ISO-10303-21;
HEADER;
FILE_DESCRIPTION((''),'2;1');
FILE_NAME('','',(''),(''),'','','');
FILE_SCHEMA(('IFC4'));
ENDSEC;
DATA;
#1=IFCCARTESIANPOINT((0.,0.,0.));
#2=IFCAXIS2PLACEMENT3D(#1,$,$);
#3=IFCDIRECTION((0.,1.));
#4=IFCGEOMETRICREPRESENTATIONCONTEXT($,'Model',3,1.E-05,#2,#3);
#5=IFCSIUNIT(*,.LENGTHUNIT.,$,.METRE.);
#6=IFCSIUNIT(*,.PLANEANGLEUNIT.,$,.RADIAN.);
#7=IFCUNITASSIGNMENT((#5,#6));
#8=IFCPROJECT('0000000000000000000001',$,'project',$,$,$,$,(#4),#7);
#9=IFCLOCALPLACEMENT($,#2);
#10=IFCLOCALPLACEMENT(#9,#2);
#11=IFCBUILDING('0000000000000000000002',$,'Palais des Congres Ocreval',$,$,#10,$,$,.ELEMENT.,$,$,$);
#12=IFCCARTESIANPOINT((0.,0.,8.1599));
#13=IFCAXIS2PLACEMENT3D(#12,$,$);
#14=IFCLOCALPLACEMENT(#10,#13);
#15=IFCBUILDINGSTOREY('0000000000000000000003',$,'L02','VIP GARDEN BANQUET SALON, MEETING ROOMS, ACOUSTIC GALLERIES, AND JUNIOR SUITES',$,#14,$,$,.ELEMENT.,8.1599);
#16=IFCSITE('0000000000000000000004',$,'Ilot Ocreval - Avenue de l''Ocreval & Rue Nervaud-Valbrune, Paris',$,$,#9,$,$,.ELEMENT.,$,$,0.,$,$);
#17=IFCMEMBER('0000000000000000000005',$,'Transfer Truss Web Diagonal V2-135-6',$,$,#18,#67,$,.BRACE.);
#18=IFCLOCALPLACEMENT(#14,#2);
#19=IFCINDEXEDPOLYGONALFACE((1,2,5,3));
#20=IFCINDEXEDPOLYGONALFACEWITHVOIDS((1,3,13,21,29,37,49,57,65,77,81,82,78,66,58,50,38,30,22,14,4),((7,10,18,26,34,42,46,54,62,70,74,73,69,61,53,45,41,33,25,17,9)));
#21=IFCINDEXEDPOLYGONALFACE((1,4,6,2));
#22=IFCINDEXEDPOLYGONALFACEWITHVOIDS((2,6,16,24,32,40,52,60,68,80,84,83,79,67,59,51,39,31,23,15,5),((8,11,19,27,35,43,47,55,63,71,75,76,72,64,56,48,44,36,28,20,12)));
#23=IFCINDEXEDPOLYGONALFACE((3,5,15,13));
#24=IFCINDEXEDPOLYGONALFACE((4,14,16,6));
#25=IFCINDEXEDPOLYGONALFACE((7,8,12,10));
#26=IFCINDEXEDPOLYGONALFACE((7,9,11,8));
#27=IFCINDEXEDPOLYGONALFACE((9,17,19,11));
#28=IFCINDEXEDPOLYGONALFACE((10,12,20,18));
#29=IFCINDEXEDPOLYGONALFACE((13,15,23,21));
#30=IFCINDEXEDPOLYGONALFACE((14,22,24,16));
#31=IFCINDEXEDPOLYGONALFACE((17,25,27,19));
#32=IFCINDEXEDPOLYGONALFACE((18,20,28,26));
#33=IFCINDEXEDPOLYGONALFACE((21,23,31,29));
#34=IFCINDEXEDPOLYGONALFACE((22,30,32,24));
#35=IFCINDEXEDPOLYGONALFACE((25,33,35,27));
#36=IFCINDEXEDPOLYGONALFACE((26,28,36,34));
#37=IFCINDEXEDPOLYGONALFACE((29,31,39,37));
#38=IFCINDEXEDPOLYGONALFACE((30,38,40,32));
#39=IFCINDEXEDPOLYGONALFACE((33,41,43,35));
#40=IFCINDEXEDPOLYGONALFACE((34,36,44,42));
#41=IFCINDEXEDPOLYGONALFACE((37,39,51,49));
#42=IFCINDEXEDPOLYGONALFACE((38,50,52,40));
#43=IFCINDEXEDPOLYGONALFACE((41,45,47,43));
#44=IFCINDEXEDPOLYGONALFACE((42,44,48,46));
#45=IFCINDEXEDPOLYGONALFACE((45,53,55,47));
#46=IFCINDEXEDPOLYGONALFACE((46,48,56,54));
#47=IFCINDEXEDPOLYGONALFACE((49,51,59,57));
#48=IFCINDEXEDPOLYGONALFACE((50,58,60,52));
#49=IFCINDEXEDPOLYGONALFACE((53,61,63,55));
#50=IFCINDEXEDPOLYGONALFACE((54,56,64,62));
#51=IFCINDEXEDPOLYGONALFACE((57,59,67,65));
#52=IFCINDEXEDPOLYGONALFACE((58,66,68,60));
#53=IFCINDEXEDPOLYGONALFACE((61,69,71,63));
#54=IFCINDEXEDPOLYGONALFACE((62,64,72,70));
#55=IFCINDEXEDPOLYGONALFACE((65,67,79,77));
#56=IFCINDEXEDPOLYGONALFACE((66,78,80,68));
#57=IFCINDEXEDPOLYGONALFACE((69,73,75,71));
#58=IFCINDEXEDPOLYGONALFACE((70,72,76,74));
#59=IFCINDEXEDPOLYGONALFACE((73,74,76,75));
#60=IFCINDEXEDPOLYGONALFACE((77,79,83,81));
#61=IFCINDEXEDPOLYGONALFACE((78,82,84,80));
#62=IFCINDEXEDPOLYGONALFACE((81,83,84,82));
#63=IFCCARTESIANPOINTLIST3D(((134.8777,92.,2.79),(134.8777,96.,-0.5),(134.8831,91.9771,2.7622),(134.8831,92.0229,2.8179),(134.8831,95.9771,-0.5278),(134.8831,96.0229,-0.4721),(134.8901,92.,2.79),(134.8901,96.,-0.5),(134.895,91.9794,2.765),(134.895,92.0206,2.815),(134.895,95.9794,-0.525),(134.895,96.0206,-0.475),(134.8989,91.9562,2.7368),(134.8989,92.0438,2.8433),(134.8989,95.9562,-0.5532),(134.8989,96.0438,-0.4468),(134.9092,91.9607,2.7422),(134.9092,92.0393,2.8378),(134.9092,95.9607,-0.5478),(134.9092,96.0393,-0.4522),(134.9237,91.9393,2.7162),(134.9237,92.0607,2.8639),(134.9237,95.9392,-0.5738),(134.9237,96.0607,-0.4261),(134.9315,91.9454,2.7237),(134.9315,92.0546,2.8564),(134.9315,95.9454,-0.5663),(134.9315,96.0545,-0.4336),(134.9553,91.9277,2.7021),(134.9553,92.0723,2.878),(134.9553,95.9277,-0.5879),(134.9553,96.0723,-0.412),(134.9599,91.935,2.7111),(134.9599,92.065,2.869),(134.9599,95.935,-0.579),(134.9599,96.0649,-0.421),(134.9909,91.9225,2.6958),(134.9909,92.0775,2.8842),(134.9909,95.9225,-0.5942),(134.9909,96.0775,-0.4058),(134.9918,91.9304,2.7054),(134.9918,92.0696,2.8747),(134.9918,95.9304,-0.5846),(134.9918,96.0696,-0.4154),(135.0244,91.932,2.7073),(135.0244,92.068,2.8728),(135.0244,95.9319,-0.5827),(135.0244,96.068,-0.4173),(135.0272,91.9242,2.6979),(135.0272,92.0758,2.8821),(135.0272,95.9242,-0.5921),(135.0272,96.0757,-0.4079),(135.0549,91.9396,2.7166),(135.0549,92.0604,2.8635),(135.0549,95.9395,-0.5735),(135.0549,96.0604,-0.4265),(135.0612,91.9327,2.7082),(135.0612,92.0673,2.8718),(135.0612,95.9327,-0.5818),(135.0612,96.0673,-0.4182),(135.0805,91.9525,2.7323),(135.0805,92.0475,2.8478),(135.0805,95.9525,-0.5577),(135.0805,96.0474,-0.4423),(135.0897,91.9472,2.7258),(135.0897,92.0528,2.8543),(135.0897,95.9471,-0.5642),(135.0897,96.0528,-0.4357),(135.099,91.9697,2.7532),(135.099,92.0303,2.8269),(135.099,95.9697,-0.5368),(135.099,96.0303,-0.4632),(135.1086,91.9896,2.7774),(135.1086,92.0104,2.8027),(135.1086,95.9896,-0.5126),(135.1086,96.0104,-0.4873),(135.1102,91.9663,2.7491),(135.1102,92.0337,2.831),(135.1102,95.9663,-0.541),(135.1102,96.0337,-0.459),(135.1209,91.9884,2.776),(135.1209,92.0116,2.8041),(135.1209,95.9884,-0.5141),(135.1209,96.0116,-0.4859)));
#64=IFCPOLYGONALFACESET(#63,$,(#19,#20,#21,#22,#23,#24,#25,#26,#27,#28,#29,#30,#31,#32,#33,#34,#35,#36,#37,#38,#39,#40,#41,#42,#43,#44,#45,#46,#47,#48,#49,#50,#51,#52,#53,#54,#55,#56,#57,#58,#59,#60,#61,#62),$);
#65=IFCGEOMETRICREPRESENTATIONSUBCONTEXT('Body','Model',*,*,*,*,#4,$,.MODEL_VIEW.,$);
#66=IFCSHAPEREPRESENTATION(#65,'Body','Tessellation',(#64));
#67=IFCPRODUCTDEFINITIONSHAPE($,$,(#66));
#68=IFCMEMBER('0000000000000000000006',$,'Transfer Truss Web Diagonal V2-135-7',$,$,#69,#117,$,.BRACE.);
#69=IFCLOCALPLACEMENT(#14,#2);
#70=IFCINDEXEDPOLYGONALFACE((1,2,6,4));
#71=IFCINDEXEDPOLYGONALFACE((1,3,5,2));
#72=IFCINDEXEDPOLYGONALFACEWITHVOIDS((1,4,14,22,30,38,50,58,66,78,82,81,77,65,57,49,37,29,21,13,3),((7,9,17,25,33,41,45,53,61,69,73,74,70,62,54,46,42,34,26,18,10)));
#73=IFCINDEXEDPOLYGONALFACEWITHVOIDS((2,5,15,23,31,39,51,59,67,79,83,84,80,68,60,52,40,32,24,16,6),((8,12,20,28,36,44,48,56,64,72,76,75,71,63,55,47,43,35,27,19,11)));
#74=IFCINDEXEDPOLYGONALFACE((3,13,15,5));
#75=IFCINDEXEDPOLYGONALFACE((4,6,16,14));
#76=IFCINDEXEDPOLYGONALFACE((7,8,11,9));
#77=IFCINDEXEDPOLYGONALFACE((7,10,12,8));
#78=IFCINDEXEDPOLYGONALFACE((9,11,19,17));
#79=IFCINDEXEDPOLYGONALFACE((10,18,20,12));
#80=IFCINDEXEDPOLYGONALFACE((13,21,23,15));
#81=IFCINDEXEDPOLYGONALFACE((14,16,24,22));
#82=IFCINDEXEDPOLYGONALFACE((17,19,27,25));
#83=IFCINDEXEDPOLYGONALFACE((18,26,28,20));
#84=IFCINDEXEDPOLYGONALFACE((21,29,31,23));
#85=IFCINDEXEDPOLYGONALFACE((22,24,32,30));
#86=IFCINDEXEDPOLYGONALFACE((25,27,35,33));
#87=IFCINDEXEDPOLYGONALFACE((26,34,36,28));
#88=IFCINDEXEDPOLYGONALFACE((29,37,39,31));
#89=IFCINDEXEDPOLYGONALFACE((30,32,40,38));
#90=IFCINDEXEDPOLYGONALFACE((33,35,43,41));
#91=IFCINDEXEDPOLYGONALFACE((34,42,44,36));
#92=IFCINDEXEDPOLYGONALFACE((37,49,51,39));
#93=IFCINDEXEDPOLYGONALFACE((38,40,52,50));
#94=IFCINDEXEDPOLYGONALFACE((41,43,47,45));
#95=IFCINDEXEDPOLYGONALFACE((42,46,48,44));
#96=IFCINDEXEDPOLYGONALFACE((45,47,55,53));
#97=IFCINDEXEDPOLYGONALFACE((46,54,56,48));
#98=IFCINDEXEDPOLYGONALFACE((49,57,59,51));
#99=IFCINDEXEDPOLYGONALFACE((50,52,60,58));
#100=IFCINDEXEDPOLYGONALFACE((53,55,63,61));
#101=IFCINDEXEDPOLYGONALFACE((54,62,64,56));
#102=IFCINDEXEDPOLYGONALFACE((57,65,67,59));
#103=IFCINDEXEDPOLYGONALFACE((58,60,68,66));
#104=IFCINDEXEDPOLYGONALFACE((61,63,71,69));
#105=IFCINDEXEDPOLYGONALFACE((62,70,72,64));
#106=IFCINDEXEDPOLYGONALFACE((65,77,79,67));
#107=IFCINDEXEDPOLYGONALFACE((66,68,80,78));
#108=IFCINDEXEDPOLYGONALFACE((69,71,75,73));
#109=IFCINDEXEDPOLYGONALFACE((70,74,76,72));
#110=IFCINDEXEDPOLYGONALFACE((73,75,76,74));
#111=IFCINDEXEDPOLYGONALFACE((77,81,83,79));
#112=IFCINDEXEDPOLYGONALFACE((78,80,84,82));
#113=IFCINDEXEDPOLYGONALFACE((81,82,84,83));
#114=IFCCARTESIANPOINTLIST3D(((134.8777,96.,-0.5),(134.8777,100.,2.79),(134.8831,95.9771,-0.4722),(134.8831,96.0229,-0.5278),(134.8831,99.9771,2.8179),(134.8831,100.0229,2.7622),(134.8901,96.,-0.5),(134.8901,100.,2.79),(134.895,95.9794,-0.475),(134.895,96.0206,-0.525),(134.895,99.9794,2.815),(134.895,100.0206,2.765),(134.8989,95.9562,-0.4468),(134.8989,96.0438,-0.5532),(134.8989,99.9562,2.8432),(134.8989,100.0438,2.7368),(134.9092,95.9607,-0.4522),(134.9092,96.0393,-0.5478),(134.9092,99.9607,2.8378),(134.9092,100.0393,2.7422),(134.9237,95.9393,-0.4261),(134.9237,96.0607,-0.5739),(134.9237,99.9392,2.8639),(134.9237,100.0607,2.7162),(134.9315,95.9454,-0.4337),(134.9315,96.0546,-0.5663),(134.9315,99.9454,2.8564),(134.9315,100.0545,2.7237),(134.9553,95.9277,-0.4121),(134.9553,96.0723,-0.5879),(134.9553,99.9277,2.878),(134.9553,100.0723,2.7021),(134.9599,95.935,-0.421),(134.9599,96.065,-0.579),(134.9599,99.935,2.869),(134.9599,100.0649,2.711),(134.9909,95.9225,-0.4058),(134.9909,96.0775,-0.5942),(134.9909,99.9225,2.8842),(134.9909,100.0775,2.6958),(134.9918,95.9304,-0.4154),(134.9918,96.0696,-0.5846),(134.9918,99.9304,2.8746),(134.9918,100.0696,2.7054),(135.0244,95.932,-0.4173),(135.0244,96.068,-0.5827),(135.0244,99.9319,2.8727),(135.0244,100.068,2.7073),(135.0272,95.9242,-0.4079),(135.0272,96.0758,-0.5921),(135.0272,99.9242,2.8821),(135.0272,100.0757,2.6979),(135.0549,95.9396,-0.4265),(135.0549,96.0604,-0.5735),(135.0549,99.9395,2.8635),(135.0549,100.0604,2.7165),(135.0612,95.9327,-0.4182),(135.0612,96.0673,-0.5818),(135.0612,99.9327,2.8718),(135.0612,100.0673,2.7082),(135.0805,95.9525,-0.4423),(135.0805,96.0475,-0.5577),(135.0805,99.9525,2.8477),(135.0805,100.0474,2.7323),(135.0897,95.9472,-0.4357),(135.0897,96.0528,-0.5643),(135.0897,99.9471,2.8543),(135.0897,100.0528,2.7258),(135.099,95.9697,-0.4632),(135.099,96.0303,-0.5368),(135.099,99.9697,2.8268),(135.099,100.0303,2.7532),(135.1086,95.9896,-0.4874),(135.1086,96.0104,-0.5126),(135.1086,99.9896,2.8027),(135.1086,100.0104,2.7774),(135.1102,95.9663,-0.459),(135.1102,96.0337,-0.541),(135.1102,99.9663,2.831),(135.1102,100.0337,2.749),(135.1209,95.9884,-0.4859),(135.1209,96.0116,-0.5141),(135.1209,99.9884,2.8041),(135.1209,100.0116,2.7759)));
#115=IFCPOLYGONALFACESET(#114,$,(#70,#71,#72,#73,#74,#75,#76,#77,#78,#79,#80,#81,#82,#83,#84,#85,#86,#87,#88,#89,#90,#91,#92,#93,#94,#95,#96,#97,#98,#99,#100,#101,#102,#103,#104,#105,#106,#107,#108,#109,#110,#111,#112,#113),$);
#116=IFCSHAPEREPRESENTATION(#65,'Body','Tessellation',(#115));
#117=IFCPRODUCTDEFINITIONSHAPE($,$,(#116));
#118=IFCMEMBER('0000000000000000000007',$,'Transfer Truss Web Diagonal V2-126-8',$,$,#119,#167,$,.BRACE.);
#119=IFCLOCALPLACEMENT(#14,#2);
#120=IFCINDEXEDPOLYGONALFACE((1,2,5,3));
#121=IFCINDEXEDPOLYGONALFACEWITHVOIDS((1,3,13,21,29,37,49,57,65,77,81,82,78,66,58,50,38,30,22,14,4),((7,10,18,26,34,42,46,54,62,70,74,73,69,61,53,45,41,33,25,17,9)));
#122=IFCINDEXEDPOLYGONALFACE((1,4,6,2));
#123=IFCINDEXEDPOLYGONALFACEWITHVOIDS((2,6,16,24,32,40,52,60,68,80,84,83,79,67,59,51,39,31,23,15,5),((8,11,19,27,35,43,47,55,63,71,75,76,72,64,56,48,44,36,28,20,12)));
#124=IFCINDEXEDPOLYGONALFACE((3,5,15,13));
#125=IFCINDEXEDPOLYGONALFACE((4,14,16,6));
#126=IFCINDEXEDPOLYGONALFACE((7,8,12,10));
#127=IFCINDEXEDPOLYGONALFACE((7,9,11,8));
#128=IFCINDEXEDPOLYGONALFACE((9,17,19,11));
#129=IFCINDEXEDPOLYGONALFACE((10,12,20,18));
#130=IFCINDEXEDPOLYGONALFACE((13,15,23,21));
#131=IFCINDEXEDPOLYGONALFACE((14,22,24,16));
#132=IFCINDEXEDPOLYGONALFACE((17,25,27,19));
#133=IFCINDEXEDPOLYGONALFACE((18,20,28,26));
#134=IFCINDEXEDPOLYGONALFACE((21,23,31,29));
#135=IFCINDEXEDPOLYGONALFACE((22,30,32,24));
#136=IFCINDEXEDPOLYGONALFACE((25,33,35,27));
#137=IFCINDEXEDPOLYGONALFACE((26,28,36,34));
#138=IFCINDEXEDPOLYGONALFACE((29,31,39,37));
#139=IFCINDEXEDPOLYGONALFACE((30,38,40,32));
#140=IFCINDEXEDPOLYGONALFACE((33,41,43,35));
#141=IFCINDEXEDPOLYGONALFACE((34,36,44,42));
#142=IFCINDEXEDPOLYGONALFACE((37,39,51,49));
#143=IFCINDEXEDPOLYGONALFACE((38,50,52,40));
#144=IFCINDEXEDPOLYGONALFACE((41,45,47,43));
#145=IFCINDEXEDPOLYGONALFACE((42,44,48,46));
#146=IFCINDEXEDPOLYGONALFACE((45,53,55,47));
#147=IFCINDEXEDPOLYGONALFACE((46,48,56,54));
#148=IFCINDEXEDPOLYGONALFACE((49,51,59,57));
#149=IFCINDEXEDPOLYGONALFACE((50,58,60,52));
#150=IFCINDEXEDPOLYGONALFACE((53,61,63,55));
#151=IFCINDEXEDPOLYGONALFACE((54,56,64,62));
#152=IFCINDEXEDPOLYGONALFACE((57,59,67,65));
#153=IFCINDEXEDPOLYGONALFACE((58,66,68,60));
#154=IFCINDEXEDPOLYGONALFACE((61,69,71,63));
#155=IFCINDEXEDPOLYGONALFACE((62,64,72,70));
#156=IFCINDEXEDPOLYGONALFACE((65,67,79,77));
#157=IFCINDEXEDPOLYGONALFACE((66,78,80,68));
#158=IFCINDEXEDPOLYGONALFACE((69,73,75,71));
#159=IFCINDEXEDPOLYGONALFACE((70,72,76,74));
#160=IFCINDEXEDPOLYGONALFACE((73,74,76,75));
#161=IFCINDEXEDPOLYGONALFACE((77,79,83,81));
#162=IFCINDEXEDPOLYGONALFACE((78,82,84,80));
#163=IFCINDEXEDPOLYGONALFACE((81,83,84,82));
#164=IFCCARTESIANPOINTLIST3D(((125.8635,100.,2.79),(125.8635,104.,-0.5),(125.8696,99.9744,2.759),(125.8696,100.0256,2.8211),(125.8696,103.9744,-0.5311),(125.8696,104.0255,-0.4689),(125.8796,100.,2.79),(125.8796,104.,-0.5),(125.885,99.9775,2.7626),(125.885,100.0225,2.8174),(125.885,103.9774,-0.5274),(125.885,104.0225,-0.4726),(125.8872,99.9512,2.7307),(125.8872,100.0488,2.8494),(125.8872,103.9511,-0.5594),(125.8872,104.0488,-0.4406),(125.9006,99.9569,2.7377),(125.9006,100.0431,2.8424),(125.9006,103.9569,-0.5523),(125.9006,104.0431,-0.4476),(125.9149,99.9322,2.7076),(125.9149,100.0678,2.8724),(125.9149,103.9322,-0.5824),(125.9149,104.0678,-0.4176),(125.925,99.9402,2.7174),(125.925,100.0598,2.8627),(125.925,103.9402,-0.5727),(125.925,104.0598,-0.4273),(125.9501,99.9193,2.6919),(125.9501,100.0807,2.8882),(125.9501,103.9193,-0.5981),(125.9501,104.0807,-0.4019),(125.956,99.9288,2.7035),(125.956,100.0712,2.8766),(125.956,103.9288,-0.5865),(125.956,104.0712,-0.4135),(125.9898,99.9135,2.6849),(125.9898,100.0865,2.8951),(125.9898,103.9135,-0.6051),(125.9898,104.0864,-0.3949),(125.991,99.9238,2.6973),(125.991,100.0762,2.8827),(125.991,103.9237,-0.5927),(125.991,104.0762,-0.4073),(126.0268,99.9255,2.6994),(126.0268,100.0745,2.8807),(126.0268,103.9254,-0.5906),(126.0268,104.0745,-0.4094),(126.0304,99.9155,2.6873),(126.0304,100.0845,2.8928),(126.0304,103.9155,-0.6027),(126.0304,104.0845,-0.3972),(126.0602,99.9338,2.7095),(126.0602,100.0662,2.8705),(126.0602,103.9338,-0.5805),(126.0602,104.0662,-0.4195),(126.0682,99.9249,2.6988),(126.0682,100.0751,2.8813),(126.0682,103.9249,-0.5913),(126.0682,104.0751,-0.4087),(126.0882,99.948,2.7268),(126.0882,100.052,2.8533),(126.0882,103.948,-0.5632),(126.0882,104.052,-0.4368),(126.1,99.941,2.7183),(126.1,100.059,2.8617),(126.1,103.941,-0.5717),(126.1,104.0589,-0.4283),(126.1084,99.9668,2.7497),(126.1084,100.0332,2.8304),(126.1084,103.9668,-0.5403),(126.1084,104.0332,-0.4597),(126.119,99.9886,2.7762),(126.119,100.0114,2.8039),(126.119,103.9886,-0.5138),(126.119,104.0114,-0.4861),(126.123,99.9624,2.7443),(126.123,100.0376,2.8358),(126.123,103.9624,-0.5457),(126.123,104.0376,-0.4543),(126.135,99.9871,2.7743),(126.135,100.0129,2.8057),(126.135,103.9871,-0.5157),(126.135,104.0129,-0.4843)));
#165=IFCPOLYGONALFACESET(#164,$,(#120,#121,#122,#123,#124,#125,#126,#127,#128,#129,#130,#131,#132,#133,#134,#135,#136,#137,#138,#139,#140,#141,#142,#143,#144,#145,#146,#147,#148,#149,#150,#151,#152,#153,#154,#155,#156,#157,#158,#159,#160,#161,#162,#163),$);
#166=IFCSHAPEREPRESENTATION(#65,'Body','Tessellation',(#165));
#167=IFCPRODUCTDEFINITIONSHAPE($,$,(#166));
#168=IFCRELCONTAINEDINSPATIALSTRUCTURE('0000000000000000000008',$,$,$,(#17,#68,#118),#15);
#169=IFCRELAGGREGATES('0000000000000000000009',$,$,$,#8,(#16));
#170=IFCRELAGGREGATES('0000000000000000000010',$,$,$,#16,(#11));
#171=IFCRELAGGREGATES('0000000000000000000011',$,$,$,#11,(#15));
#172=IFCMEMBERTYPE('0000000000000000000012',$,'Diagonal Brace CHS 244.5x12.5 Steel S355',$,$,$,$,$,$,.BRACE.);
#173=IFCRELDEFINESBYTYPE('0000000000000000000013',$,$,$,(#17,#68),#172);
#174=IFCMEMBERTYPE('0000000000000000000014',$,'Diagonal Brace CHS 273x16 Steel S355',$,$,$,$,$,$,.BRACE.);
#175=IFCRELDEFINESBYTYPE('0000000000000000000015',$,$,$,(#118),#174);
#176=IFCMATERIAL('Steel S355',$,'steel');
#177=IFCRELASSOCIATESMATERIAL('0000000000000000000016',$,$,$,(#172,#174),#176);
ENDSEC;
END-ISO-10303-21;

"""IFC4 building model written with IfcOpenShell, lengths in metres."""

from ifc_helpers import new_model, si_unit, direction, frame, origin, origin_2d, place, context, subcontext, project, spatial, hollow_circle, extrude, material, material_profile, profile_set, type_object, element, save


model = new_model("IFC4")

# Units and contexts
model_context = context("Model", 3, precision=1e-05, world=origin(), true_north=direction((0.0, 1.0)))
body_context = subcontext(model_context, "Body", "Model", "MODEL_VIEW")
ifc_project = project(units=[si_unit("LENGTHUNIT", "METRE"), si_unit("PLANEANGLEUNIT", "RADIAN")], contexts=[model_context])

# Site, building, storey
site_placement = place(None, origin())
site = spatial("IfcSite", under=ifc_project, at=site_placement, Name="Ilot Ocreval - Avenue de l'Ocreval & Rue Nervaud-Valbrune, Paris", CompositionType="ELEMENT", RefElevation=0.0)
building_placement = place(site_placement, origin())
building = spatial("IfcBuilding", under=site, at=building_placement, Name="Palais des Congres Ocreval", CompositionType="ELEMENT")
storey_placement = place(building_placement, frame((0.0, 0.0, 8.1599)))
storey = spatial("IfcBuildingStorey", under=building, at=storey_placement, Name="L02", Description="VIP GARDEN BANQUET SALON, MEETING ROOMS, ACOUSTIC GALLERIES, AND JUNIOR SUITES", CompositionType="ELEMENT", Elevation=8.1599)

# Members
ifc_material_1 = material(Name="Steel S355", Category="steel")
ifc_material_profile_1 = material_profile(ifc_material_1, hollow_circle(Radius=0.1223, WallThickness=0.0125, at=origin_2d()), Name="CHS 244.5x12.5")
ifc_profile_set_1 = profile_set([ifc_material_profile_1], Name="Steel S355")
member_type_1 = type_object("IfcMemberType", Name="Diagonal Brace CHS 244.5x12.5 Steel S355", PredefinedType="BRACE", material=ifc_profile_set_1)
for number, where, z_axis, x_axis, name in (
    (1, (135.0, 92.0, 2.79), (0.0, 0.772317, -0.635238), (-1.0, 0.0, 0.0), "Transfer Truss Web Diagonal V2-135-6"),
    (2, (135.0, 96.0, -0.5), (0.0, 0.772317, 0.635238), (-1.0, 0.0, 0.0), "Transfer Truss Web Diagonal V2-135-7"),
):
    element("IfcMember", number, at=place(storey_placement, frame(where, z_axis=z_axis, x_axis=x_axis)), inside=storey, type_object=member_type_1, Name=name, PredefinedType="BRACE", context=body_context, shape_type="SweptSolid", body=[
        extrude(hollow_circle(Radius=0.1223, WallThickness=0.0125, at=origin_2d()), origin(), (0.0, 0.0, 1.0), 5.1792),
    ])
ifc_material_profile_2 = material_profile(ifc_material_1, hollow_circle(Radius=0.1365, WallThickness=0.0161, at=origin_2d()), Name="CHS 273x16")
ifc_profile_set_2 = profile_set([ifc_material_profile_2], Name="Steel S355")
member_type_2 = type_object("IfcMemberType", Name="Diagonal Brace CHS 273x16 Steel S355", PredefinedType="BRACE", material=ifc_profile_set_2)
member_1_placement = place(storey_placement, frame((126.0, 100.0, 2.79), z_axis=(0.0, 0.772317, -0.635238), x_axis=(-1.0, 0.0, 0.0)))
element("IfcMember", 3, at=member_1_placement, inside=storey, type_object=member_type_2, Name="Transfer Truss Web Diagonal V2-126-8", PredefinedType="BRACE", context=body_context, shape_type="SweptSolid", body=[
    extrude(hollow_circle(Radius=0.1365, WallThickness=0.0161, at=origin_2d()), origin(), (0.0, 0.0, 1.0), 5.1792),
])

save(model, "model.ifc")
